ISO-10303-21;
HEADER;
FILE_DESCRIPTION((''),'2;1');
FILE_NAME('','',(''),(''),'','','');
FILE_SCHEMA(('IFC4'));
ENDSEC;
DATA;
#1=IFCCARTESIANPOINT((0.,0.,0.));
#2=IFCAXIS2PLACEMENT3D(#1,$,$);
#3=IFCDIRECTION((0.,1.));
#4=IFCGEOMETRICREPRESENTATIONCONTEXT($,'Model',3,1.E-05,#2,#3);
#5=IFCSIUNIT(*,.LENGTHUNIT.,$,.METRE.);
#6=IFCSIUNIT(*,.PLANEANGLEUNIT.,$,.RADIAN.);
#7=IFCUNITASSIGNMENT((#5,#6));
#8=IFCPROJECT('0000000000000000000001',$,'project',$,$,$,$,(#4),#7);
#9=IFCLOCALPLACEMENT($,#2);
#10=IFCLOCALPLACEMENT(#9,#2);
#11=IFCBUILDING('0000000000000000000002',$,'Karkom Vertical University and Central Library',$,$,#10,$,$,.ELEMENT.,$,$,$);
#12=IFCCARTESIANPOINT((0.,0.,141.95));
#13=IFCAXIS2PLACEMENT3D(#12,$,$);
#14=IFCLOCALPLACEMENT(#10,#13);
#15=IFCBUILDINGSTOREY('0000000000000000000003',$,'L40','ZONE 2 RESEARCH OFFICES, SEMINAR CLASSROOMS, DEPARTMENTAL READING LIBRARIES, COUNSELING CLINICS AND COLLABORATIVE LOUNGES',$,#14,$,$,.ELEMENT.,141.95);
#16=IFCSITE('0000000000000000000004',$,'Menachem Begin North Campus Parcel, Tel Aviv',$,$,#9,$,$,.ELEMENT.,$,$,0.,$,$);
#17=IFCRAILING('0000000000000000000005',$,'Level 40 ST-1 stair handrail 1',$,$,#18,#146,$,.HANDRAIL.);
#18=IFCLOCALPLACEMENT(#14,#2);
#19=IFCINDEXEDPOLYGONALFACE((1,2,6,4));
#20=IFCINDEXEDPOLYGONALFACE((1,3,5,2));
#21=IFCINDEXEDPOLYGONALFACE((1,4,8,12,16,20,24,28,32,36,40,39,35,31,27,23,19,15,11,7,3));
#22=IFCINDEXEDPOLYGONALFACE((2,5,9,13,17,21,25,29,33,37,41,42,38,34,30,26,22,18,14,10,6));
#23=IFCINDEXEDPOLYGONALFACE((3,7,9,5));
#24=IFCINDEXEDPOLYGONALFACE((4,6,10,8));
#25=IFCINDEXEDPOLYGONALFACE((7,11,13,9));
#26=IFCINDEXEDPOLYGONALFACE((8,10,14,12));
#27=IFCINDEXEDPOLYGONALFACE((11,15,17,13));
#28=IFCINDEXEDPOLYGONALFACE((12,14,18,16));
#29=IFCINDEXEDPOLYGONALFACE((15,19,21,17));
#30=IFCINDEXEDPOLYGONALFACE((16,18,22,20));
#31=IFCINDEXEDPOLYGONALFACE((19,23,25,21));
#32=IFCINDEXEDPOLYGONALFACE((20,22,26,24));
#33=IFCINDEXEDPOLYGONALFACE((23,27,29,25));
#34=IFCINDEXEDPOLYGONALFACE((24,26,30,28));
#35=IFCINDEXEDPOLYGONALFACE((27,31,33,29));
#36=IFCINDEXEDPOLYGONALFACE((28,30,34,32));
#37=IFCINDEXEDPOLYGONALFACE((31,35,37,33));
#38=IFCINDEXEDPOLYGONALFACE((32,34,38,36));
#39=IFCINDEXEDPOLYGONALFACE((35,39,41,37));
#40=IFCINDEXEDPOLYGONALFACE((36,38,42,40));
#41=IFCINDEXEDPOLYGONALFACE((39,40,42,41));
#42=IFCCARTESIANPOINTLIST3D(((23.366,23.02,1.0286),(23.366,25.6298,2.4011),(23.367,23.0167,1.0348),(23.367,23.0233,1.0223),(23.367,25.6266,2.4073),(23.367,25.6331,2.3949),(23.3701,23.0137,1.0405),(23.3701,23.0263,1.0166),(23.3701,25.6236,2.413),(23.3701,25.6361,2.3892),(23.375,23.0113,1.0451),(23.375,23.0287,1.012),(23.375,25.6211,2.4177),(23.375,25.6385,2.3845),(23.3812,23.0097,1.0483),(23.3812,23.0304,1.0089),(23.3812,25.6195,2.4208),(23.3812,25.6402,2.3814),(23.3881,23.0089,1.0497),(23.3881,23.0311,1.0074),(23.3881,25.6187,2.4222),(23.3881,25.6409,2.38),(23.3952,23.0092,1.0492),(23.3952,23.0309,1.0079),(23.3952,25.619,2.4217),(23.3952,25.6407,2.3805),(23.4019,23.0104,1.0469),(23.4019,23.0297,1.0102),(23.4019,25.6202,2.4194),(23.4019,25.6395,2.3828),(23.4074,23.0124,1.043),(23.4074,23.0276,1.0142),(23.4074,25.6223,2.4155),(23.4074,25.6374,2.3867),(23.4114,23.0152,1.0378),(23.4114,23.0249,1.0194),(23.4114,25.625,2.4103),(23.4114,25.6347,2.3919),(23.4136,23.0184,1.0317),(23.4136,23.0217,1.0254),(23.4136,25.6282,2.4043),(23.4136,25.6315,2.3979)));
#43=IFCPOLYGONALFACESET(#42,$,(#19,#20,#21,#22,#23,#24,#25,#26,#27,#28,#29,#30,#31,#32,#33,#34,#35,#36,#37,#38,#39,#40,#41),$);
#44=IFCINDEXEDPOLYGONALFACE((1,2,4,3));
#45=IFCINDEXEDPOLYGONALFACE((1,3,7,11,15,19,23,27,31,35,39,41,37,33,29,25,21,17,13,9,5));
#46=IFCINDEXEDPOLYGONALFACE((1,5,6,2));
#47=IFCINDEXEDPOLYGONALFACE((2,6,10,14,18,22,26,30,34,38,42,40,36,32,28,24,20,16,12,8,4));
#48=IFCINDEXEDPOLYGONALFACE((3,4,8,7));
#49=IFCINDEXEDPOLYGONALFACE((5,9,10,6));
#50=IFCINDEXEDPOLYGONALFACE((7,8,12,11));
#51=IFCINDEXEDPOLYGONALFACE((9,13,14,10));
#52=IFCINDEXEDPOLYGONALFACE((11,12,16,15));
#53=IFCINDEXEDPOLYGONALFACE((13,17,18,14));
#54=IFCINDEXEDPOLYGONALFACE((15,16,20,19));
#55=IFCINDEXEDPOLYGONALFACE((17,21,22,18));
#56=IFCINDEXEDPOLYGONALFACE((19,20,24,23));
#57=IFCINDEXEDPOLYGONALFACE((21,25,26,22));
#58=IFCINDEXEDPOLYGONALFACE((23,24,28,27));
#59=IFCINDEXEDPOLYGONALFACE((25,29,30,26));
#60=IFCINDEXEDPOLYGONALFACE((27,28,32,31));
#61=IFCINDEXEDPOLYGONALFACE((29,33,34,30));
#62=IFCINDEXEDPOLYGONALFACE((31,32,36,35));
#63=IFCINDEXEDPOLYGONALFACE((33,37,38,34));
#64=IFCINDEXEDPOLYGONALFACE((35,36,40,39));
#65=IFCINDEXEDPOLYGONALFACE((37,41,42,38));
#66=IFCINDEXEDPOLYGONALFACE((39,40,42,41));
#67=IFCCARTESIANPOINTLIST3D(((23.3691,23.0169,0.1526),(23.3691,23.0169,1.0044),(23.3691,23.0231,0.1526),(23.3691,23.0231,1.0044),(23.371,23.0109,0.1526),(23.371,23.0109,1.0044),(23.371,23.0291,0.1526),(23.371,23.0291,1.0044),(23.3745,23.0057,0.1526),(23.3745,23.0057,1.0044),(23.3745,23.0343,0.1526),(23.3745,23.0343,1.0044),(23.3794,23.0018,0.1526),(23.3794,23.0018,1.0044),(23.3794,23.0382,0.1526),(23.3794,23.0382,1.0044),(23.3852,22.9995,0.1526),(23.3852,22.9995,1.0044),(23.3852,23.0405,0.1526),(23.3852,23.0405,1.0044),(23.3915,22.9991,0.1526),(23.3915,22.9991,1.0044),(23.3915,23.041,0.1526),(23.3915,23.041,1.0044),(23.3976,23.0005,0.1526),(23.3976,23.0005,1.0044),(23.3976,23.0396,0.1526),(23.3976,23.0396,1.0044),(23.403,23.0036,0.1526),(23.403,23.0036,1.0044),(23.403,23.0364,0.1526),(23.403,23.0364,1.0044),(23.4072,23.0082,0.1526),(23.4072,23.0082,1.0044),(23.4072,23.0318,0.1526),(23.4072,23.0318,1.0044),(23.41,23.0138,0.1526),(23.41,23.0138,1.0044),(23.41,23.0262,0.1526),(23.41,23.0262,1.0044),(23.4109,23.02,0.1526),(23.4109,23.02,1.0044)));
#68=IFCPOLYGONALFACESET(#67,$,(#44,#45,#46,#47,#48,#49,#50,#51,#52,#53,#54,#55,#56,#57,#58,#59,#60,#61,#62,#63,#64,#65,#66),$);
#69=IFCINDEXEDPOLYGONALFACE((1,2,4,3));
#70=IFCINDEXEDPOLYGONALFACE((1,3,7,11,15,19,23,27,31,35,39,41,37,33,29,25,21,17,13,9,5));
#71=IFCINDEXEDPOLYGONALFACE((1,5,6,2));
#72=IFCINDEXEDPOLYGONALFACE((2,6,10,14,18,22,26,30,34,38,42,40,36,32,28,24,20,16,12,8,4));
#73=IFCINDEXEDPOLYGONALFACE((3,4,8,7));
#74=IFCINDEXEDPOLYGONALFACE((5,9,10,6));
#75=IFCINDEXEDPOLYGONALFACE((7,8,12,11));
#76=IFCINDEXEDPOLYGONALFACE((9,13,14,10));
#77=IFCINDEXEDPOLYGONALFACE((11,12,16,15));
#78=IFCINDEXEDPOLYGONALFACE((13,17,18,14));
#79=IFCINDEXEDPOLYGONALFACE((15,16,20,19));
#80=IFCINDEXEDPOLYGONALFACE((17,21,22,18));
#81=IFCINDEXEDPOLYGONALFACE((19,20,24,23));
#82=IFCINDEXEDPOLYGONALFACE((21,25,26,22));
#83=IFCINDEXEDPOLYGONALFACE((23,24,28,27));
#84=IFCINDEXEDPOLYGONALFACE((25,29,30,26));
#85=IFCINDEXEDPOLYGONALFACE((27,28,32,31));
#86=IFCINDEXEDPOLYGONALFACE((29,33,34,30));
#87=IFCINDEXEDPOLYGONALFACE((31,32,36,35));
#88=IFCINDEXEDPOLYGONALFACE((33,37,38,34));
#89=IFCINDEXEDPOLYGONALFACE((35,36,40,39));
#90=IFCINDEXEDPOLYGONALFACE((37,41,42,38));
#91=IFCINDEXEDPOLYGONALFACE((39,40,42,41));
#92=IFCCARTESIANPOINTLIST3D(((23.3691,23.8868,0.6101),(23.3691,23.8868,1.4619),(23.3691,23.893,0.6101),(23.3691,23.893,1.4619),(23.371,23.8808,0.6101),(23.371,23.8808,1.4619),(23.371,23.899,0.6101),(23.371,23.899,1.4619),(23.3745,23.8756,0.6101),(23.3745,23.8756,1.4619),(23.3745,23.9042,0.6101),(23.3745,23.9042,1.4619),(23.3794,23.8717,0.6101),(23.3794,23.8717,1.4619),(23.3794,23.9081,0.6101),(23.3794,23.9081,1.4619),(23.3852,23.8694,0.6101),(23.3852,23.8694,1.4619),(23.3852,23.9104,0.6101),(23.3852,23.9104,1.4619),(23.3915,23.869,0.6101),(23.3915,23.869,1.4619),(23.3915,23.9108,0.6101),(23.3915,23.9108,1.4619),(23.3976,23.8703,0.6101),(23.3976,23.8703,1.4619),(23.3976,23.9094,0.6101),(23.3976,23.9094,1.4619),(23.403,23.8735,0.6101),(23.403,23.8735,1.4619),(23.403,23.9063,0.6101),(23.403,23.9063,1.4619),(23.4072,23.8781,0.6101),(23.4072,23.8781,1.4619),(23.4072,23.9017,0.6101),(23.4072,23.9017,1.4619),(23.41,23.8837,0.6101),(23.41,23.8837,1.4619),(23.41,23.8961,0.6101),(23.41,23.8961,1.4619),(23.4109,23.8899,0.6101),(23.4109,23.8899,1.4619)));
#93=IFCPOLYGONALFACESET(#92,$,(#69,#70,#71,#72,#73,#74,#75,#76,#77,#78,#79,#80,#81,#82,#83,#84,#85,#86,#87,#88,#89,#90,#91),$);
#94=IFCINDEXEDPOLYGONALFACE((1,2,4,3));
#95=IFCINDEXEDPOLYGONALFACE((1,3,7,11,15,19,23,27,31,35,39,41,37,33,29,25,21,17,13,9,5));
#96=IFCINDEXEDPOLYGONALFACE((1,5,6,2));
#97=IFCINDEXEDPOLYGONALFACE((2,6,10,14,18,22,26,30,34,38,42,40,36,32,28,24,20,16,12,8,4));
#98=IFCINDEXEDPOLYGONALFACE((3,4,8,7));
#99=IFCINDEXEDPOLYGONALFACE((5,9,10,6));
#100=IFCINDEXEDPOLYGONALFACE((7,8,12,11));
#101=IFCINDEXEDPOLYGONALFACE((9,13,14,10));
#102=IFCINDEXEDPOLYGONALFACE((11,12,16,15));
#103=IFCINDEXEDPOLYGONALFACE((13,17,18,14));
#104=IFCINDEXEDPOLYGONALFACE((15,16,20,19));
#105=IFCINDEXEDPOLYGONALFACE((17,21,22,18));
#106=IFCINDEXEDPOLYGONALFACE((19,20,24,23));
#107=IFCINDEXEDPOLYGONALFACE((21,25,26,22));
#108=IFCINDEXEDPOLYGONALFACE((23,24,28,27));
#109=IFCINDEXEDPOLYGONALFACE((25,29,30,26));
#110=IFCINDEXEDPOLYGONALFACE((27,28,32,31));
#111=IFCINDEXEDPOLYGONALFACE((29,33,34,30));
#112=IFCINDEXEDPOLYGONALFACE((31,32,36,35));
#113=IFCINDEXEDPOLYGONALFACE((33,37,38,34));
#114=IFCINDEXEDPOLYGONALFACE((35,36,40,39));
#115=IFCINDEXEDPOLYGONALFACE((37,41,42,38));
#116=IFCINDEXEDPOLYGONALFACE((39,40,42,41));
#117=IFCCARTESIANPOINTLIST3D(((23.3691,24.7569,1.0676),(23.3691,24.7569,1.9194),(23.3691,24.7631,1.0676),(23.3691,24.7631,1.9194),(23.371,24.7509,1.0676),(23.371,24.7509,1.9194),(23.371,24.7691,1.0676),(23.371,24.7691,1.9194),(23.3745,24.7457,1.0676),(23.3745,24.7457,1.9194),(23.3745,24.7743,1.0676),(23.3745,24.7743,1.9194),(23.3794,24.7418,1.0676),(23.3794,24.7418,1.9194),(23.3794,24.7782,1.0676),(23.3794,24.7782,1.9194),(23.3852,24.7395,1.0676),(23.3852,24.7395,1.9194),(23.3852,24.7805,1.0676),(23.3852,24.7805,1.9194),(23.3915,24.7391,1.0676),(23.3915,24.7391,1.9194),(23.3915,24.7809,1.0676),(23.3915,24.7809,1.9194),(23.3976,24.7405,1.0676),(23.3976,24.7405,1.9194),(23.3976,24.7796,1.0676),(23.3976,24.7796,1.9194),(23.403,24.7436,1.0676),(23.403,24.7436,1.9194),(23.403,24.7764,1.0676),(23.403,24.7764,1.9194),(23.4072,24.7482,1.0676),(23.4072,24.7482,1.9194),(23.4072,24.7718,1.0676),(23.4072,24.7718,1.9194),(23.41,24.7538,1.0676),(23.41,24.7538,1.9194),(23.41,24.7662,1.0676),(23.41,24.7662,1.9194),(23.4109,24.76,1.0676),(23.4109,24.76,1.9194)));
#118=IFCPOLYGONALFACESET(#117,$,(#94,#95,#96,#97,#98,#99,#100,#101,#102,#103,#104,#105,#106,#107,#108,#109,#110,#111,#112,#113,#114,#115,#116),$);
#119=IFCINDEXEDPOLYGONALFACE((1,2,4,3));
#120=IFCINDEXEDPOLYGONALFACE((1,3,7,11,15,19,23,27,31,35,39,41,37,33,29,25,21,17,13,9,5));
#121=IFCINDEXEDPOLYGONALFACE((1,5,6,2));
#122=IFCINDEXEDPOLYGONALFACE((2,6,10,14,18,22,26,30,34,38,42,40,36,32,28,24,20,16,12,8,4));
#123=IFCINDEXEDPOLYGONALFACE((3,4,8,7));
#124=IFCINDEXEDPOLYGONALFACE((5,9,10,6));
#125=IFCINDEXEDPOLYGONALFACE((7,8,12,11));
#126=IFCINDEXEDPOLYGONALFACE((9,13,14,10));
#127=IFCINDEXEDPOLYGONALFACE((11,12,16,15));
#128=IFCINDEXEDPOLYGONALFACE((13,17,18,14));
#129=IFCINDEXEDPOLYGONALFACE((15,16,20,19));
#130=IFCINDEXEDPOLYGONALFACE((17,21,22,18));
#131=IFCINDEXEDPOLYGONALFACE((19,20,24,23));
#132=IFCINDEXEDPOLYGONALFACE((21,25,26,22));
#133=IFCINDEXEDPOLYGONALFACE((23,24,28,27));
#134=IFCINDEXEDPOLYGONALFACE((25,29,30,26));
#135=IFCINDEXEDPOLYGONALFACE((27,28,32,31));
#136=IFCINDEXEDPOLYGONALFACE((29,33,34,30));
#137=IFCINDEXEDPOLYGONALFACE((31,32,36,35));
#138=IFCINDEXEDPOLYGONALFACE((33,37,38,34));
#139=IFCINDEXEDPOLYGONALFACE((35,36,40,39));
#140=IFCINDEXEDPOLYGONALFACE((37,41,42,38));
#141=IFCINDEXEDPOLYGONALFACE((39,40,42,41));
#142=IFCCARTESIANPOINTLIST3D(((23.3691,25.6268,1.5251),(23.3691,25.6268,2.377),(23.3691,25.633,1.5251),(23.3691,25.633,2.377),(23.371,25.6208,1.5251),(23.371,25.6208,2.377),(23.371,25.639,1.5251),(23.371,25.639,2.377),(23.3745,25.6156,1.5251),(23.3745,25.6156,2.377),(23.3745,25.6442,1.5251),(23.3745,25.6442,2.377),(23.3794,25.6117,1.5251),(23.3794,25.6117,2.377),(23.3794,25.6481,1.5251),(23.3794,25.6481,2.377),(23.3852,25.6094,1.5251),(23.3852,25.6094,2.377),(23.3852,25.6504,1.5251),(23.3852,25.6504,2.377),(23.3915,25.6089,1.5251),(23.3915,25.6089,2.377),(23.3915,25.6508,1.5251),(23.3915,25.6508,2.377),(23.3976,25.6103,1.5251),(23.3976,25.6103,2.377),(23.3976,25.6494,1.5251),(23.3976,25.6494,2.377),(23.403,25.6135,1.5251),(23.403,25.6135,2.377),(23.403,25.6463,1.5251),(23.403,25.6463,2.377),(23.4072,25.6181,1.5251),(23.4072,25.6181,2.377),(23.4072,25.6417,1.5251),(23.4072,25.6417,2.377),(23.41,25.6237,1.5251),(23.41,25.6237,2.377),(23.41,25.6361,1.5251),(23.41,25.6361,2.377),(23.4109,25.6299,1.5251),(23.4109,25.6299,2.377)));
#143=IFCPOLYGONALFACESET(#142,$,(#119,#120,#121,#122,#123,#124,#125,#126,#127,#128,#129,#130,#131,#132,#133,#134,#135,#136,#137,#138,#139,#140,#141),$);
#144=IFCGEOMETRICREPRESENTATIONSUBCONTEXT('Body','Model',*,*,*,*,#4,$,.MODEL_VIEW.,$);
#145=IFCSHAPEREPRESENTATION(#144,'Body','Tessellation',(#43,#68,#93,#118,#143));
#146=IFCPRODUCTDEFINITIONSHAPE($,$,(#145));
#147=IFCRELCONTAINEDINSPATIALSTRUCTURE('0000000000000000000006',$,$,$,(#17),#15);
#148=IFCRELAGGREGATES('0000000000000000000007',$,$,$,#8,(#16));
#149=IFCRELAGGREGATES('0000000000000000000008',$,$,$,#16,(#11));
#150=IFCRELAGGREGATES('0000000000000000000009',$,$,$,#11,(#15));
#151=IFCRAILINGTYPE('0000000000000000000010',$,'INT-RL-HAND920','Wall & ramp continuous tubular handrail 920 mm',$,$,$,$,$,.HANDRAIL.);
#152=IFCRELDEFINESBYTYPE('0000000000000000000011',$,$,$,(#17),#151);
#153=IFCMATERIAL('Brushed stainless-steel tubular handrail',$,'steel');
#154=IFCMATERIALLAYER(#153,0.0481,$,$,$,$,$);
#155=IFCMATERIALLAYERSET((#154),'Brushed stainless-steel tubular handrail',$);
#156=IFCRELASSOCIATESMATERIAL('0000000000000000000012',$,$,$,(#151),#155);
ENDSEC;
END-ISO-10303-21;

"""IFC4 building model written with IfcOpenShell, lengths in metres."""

from ifc_helpers import new_model, si_unit, direction, frame, origin, origin_2d, place, context, subcontext, project, spatial, circle, extrude, material, layer, layer_set, type_object, element, save


model = new_model("IFC4")

# Units and contexts
model_context = context("Model", 3, precision=1e-05, world=origin(), true_north=direction((0.0, 1.0)))
body_context = subcontext(model_context, "Body", "Model", "MODEL_VIEW")
ifc_project = project(units=[si_unit("LENGTHUNIT", "METRE"), si_unit("PLANEANGLEUNIT", "RADIAN")], contexts=[model_context])

# Site, building, storey
site_placement = place(None, origin())
site = spatial("IfcSite", under=ifc_project, at=site_placement, Name="Menachem Begin North Campus Parcel, Tel Aviv", CompositionType="ELEMENT", RefElevation=0.0)
building_placement = place(site_placement, origin())
building = spatial("IfcBuilding", under=site, at=building_placement, Name="Karkom Vertical University and Central Library", CompositionType="ELEMENT")
storey_placement = place(building_placement, frame((0.0, 0.0, 141.95)))
storey = spatial("IfcBuildingStorey", under=building, at=storey_placement, Name="L40", Description="ZONE 2 RESEARCH OFFICES, SEMINAR CLASSROOMS, DEPARTMENTAL READING LIBRARIES, COUNSELING CLINICS AND COLLABORATIVE LOUNGES", CompositionType="ELEMENT", Elevation=141.95)

# Railing
ifc_material_1 = material(Name="Brushed stainless-steel tubular handrail", Category="steel")
ifc_layer_1 = layer(ifc_material_1, 0.0481)
ifc_layer_set_1 = layer_set([ifc_layer_1], Name="Brushed stainless-steel tubular handrail")
railing_type_1 = type_object("IfcRailingType", Name="INT-RL-HAND920", Description="Wall & ramp continuous tubular handrail 920 mm", PredefinedType="HANDRAIL", material=ifc_layer_set_1)
railing_1_placement = place(storey_placement, frame((23.3899, 23.02, 0.1526)))
element("IfcRailing", 1, at=railing_1_placement, inside=storey, type_object=railing_type_1, Name="Level 40 ST-1 stair handrail 1", PredefinedType="HANDRAIL", context=body_context, shape_type="SweptSolid", body=[
    extrude(circle(Radius=0.0239, at=origin_2d()), frame((0.0, 0.0, 0.876), z_axis=(0.0, 0.885065, 0.465467), x_axis=(-1.0, 0.0, 0.0)), (0.0, 0.0, 1.0), 2.9487),
    extrude(circle(Radius=0.021, at=origin_2d()), origin(), (0.0, 0.0, 1.0), 0.8518),
    extrude(circle(Radius=0.021, at=origin_2d()), frame((0.0, 0.8699, 0.4575)), (0.0, 0.0, 1.0), 0.8518),
    extrude(circle(Radius=0.021, at=origin_2d()), frame((0.0, 1.74, 0.915)), (0.0, 0.0, 1.0), 0.8518),
    extrude(circle(Radius=0.021, at=origin_2d()), frame((0.0, 2.6099, 1.3726)), (0.0, 0.0, 1.0), 0.8518),
])

save(model, "model.ifc")
